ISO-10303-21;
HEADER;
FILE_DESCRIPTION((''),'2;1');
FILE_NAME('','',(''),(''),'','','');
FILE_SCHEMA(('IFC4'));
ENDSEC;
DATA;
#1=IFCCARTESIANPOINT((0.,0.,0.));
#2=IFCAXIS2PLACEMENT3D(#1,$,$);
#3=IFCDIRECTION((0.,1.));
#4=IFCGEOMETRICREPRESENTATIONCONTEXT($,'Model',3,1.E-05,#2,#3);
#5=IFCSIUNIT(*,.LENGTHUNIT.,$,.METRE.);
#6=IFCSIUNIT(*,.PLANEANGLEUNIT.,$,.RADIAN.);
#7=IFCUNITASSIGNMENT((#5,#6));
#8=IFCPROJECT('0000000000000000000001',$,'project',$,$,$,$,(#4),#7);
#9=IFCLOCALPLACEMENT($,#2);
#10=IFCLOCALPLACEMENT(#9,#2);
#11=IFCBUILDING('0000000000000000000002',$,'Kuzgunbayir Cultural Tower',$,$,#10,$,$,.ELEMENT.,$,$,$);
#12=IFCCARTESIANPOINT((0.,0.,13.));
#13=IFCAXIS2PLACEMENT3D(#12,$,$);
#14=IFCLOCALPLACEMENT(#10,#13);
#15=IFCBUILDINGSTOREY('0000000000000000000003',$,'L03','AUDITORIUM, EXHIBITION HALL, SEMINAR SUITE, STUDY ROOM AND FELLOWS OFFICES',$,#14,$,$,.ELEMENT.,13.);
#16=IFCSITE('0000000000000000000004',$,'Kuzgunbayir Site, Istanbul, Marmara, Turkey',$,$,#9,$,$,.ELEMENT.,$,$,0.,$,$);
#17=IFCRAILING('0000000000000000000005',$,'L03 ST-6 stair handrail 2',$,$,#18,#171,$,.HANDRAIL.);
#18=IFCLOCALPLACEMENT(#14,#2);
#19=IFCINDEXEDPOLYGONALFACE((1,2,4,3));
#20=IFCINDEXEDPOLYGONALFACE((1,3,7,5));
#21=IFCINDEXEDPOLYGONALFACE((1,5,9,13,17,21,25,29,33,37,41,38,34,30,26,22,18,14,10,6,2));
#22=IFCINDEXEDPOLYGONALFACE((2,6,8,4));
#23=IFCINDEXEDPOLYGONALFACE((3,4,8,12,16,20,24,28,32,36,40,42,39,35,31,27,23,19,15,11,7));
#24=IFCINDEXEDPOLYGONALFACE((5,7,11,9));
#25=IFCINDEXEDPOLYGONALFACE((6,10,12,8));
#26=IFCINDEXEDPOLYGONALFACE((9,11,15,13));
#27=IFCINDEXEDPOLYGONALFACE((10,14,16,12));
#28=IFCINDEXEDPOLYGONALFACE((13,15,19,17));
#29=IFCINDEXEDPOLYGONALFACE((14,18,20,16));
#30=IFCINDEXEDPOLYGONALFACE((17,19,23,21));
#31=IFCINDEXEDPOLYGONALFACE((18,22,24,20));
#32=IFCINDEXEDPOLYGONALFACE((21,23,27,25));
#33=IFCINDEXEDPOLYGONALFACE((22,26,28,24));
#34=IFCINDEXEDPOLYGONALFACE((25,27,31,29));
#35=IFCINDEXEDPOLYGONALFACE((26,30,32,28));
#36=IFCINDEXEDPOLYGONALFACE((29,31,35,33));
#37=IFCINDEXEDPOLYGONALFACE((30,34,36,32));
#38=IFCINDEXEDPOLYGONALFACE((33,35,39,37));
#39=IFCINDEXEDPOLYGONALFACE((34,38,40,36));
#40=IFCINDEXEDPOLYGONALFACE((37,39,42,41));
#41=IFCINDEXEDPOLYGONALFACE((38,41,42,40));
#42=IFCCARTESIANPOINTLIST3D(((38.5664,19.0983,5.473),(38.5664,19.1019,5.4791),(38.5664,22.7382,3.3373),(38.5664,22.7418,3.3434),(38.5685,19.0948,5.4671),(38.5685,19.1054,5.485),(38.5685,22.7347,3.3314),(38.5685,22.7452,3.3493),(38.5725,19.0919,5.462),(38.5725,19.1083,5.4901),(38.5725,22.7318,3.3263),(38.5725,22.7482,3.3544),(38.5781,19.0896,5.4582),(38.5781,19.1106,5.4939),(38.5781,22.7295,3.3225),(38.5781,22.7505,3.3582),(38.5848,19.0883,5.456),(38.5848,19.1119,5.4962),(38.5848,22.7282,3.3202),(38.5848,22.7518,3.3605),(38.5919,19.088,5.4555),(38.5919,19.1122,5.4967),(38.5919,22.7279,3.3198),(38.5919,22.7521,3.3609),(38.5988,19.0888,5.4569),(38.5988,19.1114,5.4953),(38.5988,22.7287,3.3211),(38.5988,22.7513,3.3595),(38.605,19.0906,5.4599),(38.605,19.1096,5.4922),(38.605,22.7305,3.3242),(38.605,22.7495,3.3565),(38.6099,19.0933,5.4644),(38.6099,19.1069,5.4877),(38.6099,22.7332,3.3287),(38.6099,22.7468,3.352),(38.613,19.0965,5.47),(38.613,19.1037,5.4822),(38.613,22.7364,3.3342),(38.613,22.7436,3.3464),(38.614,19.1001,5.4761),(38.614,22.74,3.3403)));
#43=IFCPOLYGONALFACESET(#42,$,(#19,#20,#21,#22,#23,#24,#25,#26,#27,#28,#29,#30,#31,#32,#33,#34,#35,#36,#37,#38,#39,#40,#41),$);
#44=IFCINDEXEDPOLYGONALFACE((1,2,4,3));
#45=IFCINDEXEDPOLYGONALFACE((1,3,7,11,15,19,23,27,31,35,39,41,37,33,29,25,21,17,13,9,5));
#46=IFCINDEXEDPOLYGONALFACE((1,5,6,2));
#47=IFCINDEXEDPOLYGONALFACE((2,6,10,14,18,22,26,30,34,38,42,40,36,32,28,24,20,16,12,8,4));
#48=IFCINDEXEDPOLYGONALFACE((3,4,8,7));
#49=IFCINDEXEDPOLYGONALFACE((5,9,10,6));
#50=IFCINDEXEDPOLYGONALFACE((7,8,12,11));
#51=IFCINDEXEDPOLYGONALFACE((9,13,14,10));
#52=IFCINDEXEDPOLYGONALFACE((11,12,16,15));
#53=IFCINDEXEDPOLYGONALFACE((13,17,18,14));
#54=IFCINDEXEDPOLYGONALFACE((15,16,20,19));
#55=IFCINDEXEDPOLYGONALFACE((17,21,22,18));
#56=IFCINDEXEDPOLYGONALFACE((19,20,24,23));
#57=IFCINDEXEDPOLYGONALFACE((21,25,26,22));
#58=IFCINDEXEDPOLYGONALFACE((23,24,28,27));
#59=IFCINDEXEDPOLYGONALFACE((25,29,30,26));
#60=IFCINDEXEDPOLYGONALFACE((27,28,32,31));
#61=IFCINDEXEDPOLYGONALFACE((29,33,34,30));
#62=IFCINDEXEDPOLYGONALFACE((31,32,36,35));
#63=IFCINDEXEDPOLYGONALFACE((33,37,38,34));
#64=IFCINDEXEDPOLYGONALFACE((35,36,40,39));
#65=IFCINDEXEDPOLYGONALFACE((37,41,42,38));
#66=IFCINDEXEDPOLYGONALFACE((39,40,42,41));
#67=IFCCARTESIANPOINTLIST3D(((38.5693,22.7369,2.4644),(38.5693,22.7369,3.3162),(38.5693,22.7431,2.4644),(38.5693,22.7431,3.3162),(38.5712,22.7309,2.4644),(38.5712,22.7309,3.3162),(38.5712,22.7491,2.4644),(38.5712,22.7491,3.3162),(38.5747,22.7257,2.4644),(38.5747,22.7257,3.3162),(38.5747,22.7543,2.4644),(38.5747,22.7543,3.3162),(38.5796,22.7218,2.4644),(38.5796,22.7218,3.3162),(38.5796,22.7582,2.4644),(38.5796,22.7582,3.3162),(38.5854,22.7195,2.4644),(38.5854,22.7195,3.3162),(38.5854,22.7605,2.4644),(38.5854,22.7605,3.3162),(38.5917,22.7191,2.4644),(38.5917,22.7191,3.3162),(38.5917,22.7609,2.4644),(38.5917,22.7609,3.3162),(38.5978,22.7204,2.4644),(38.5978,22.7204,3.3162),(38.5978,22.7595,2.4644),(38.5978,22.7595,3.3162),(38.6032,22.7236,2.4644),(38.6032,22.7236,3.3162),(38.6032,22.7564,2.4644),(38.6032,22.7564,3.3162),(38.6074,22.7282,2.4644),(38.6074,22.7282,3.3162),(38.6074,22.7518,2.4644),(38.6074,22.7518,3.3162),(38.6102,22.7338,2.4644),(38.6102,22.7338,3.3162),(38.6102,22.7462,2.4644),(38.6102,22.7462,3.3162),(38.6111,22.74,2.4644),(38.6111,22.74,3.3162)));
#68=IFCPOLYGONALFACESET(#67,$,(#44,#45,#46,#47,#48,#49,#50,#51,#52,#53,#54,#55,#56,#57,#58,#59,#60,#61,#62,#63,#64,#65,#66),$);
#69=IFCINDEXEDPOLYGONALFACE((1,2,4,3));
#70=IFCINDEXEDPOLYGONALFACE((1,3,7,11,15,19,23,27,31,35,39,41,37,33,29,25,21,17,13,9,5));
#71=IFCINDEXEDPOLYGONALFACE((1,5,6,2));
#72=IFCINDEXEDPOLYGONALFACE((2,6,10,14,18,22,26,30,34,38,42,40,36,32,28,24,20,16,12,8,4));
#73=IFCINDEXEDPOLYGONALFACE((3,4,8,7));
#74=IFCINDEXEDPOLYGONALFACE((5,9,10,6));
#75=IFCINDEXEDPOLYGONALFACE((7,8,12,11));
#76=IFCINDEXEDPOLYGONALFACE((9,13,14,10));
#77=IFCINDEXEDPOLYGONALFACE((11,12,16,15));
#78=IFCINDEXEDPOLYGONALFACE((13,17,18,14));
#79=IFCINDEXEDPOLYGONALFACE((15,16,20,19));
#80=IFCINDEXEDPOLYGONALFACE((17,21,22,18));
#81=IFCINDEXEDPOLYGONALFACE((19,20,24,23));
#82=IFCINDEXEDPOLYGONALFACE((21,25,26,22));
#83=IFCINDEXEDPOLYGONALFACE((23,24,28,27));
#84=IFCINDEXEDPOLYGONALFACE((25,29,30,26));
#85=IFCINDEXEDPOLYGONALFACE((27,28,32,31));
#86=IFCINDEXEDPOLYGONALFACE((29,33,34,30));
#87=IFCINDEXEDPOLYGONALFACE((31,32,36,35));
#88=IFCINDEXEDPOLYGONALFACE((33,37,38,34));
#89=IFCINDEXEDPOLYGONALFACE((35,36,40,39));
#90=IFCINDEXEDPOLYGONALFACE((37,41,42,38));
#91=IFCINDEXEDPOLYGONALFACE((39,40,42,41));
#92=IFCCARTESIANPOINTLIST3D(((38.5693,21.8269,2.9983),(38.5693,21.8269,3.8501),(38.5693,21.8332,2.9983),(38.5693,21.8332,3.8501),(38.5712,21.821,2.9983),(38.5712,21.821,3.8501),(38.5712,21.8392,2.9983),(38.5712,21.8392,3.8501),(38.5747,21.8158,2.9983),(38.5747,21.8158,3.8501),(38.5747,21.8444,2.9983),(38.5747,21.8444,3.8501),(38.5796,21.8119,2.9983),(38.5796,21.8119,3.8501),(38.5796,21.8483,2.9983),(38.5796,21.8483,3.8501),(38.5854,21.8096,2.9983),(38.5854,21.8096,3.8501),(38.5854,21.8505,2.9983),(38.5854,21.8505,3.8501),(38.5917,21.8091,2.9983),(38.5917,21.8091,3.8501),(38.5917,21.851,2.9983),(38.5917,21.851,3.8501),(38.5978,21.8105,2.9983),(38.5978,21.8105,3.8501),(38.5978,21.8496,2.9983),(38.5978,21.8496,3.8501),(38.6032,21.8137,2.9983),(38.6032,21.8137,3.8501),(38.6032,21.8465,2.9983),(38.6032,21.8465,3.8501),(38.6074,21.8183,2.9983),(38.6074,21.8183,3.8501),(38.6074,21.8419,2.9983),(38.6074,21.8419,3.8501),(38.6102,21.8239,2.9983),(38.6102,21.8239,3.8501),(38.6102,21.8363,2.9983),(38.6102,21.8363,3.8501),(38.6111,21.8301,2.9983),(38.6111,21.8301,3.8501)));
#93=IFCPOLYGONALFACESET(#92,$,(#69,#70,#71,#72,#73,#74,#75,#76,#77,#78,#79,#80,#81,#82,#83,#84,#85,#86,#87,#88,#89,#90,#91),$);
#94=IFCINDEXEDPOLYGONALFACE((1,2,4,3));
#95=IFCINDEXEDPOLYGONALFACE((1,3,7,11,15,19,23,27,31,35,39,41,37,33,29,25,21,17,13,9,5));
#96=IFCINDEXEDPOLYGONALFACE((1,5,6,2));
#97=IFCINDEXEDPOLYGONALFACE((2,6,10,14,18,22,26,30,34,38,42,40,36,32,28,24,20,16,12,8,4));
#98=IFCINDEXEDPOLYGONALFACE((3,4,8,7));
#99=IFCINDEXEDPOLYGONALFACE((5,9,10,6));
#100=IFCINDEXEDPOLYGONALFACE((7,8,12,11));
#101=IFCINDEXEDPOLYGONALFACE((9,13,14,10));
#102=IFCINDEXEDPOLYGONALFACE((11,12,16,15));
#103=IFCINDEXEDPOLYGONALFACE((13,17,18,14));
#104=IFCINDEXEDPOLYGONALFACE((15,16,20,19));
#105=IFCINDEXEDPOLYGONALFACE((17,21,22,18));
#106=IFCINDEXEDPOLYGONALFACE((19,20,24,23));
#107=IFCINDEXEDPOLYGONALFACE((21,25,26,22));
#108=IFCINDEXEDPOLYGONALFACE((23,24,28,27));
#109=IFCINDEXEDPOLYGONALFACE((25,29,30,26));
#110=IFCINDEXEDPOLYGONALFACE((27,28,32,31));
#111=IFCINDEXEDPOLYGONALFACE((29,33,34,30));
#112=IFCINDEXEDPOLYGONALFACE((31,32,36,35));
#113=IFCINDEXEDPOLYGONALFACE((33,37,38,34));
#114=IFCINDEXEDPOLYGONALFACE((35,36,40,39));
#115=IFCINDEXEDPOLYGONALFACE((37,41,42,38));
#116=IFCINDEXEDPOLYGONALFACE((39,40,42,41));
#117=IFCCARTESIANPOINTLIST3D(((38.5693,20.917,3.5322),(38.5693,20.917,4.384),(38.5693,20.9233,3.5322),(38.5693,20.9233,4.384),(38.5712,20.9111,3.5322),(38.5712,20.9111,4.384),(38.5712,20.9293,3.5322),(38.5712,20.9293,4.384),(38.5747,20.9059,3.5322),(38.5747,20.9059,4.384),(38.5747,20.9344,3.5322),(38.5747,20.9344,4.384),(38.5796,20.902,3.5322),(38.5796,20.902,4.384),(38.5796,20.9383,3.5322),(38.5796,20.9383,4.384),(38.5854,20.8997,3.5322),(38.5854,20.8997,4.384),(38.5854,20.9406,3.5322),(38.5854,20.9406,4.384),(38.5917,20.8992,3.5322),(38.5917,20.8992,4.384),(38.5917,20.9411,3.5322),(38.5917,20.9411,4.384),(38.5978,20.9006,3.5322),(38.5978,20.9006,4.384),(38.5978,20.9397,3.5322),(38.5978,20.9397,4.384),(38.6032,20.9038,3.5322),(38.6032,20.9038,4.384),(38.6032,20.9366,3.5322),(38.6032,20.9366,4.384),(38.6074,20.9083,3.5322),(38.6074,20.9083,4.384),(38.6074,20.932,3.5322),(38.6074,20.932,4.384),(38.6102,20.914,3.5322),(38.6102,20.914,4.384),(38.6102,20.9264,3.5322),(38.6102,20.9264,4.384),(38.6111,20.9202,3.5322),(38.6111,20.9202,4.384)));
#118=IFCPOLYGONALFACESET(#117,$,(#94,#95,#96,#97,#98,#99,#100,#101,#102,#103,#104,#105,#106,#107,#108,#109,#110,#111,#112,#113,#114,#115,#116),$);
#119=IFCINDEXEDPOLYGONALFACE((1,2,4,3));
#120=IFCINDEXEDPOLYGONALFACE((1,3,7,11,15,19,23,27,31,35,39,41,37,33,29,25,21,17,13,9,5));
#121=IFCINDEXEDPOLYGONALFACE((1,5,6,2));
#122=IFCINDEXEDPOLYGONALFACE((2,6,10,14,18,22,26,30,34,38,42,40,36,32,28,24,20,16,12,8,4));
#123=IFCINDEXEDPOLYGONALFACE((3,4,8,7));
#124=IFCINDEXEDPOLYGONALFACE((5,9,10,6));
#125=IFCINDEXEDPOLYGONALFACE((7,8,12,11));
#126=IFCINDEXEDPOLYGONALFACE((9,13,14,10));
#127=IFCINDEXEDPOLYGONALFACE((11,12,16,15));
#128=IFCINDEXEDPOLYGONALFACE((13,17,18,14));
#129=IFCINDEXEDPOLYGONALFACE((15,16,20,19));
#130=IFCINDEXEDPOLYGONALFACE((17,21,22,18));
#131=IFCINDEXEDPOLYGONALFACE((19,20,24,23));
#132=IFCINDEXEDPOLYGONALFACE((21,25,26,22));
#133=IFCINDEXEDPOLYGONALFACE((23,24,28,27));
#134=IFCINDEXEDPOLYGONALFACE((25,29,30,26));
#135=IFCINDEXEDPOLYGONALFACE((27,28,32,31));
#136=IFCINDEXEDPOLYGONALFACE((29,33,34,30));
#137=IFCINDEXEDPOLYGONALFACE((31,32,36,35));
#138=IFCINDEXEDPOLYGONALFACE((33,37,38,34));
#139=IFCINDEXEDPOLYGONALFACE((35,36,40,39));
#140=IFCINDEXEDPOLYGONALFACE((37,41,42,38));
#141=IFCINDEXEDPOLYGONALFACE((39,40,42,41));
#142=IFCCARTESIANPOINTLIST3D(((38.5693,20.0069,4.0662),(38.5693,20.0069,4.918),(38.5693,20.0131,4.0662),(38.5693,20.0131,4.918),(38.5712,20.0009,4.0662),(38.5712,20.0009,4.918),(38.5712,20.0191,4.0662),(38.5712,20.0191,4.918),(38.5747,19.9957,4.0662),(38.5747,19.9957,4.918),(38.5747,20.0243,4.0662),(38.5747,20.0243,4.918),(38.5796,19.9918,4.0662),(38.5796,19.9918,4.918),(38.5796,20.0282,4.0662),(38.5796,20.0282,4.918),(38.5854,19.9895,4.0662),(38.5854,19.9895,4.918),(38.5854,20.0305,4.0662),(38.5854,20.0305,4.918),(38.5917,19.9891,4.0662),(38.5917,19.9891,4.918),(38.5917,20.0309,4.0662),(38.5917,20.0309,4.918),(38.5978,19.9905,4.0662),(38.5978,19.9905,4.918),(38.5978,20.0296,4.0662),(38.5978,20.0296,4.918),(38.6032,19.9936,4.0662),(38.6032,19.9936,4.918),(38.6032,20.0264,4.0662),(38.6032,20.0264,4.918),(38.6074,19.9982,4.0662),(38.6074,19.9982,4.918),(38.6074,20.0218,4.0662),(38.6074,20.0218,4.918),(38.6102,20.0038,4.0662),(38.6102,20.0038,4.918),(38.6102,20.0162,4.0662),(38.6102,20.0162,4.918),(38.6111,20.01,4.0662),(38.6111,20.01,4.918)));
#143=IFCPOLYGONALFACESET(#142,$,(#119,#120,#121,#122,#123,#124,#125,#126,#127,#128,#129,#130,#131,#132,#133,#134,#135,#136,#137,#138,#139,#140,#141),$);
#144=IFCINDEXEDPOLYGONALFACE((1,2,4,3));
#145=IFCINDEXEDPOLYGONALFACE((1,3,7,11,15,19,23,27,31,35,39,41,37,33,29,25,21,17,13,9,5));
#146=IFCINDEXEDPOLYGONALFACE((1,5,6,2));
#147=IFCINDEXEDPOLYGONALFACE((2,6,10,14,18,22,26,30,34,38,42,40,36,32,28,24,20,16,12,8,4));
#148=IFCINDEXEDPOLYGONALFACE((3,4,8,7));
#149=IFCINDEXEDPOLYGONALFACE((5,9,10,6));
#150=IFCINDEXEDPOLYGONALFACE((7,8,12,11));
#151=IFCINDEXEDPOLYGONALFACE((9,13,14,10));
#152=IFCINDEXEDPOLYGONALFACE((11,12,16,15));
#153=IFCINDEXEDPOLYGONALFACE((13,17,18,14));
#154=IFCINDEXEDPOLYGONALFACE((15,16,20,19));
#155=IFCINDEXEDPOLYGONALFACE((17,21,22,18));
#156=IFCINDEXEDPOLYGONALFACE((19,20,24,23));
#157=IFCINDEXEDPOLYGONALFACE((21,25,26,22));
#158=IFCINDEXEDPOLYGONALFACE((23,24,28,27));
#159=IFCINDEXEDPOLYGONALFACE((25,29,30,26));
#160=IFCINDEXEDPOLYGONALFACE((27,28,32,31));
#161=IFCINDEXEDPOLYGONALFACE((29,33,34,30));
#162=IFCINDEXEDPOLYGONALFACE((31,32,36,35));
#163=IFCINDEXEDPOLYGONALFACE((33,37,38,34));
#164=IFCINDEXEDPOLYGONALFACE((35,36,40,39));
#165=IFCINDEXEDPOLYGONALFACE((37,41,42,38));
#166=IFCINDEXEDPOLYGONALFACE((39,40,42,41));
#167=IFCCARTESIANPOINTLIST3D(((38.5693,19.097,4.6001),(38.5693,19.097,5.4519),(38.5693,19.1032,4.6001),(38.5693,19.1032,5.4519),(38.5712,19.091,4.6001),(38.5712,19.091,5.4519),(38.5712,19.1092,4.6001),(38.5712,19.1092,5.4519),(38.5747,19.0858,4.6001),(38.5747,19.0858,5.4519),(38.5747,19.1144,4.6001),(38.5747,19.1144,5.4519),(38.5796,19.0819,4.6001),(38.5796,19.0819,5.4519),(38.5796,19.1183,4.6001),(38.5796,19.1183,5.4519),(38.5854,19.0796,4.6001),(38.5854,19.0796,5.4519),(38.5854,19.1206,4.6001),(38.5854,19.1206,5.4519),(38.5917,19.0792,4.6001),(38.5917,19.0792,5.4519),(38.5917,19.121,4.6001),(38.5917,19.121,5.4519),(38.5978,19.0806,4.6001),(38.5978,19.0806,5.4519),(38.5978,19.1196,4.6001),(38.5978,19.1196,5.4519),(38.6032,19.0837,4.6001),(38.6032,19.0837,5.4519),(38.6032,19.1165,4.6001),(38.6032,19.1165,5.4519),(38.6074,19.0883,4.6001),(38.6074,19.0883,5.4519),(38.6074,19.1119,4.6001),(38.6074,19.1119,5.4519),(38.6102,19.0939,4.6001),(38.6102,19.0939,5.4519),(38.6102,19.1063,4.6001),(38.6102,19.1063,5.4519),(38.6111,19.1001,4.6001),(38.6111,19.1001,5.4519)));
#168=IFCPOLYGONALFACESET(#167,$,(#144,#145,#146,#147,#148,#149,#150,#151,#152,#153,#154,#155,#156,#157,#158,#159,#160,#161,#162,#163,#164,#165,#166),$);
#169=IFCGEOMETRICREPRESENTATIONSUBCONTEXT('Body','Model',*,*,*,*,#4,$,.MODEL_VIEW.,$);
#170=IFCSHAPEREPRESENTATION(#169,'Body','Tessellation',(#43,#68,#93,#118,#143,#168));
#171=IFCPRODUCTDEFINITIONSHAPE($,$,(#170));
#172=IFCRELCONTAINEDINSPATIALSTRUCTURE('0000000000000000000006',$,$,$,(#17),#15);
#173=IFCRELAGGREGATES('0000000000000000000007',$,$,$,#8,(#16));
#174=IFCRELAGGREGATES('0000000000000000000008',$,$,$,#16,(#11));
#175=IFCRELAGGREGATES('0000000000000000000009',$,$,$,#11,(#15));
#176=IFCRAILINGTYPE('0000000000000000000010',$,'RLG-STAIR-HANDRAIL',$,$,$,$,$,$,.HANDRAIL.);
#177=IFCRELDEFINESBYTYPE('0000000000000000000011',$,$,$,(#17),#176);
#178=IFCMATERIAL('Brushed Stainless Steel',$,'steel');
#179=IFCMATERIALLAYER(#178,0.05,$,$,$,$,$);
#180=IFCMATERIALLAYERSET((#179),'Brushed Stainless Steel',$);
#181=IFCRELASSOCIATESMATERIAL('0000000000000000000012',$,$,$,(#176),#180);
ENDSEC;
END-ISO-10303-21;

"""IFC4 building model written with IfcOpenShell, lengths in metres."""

from ifc_helpers import new_model, si_unit, direction, frame, origin, origin_2d, place, context, subcontext, project, spatial, circle, extrude, material, layer, layer_set, type_object, element, save


model = new_model("IFC4")

# Units and contexts
model_context = context("Model", 3, precision=1e-05, world=origin(), true_north=direction((0.0, 1.0)))
body_context = subcontext(model_context, "Body", "Model", "MODEL_VIEW")
ifc_project = project(units=[si_unit("LENGTHUNIT", "METRE"), si_unit("PLANEANGLEUNIT", "RADIAN")], contexts=[model_context])

# Site, building, storey
site_placement = place(None, origin())
site = spatial("IfcSite", under=ifc_project, at=site_placement, Name="Kuzgunbayir Site, Istanbul, Marmara, Turkey", CompositionType="ELEMENT", RefElevation=0.0)
building_placement = place(site_placement, origin())
building = spatial("IfcBuilding", under=site, at=building_placement, Name="Kuzgunbayir Cultural Tower", CompositionType="ELEMENT")
storey_placement = place(building_placement, frame((0.0, 0.0, 13.0)))
storey = spatial("IfcBuildingStorey", under=building, at=storey_placement, Name="L03", Description="AUDITORIUM, EXHIBITION HALL, SEMINAR SUITE, STUDY ROOM AND FELLOWS OFFICES", CompositionType="ELEMENT", Elevation=13.0)

# Railing
ifc_material_1 = material(Name="Brushed Stainless Steel", Category="steel")
ifc_layer_1 = layer(ifc_material_1, 0.05)
ifc_layer_set_1 = layer_set([ifc_layer_1], Name="Brushed Stainless Steel")
railing_type_1 = type_object("IfcRailingType", Name="RLG-STAIR-HANDRAIL", PredefinedType="HANDRAIL", material=ifc_layer_set_1)
railing_1_placement = place(storey_placement, frame((38.5901, 22.74, 2.4644)))
element("IfcRailing", 1, at=railing_1_placement, inside=storey, type_object=railing_type_1, Name="L03 ST-6 stair handrail 2", PredefinedType="HANDRAIL", context=body_context, shape_type="SweptSolid", body=[
    extrude(circle(Radius=0.0239, at=origin_2d()), frame((0.0, 0.0, 0.876), z_axis=(0.0, -0.86249, 0.506074), x_axis=(1.0, 0.0, 0.0)), (0.0, 0.0, 1.0), 4.2202),
    extrude(circle(Radius=0.021, at=origin_2d()), origin(), (0.0, 0.0, 1.0), 0.8518),
    extrude(circle(Radius=0.021, at=origin_2d()), frame((0.0, -0.9099, 0.5339)), (0.0, 0.0, 1.0), 0.8518),
    extrude(circle(Radius=0.021, at=origin_2d()), frame((0.0, -1.8198, 1.0679)), (0.0, 0.0, 1.0), 0.8518),
    extrude(circle(Radius=0.021, at=origin_2d()), frame((0.0, -2.73, 1.6018)), (0.0, 0.0, 1.0), 0.8518),
    extrude(circle(Radius=0.021, at=origin_2d()), frame((0.0, -3.6399, 2.1357)), (0.0, 0.0, 1.0), 0.8518),
])

save(model, "model.ifc")
